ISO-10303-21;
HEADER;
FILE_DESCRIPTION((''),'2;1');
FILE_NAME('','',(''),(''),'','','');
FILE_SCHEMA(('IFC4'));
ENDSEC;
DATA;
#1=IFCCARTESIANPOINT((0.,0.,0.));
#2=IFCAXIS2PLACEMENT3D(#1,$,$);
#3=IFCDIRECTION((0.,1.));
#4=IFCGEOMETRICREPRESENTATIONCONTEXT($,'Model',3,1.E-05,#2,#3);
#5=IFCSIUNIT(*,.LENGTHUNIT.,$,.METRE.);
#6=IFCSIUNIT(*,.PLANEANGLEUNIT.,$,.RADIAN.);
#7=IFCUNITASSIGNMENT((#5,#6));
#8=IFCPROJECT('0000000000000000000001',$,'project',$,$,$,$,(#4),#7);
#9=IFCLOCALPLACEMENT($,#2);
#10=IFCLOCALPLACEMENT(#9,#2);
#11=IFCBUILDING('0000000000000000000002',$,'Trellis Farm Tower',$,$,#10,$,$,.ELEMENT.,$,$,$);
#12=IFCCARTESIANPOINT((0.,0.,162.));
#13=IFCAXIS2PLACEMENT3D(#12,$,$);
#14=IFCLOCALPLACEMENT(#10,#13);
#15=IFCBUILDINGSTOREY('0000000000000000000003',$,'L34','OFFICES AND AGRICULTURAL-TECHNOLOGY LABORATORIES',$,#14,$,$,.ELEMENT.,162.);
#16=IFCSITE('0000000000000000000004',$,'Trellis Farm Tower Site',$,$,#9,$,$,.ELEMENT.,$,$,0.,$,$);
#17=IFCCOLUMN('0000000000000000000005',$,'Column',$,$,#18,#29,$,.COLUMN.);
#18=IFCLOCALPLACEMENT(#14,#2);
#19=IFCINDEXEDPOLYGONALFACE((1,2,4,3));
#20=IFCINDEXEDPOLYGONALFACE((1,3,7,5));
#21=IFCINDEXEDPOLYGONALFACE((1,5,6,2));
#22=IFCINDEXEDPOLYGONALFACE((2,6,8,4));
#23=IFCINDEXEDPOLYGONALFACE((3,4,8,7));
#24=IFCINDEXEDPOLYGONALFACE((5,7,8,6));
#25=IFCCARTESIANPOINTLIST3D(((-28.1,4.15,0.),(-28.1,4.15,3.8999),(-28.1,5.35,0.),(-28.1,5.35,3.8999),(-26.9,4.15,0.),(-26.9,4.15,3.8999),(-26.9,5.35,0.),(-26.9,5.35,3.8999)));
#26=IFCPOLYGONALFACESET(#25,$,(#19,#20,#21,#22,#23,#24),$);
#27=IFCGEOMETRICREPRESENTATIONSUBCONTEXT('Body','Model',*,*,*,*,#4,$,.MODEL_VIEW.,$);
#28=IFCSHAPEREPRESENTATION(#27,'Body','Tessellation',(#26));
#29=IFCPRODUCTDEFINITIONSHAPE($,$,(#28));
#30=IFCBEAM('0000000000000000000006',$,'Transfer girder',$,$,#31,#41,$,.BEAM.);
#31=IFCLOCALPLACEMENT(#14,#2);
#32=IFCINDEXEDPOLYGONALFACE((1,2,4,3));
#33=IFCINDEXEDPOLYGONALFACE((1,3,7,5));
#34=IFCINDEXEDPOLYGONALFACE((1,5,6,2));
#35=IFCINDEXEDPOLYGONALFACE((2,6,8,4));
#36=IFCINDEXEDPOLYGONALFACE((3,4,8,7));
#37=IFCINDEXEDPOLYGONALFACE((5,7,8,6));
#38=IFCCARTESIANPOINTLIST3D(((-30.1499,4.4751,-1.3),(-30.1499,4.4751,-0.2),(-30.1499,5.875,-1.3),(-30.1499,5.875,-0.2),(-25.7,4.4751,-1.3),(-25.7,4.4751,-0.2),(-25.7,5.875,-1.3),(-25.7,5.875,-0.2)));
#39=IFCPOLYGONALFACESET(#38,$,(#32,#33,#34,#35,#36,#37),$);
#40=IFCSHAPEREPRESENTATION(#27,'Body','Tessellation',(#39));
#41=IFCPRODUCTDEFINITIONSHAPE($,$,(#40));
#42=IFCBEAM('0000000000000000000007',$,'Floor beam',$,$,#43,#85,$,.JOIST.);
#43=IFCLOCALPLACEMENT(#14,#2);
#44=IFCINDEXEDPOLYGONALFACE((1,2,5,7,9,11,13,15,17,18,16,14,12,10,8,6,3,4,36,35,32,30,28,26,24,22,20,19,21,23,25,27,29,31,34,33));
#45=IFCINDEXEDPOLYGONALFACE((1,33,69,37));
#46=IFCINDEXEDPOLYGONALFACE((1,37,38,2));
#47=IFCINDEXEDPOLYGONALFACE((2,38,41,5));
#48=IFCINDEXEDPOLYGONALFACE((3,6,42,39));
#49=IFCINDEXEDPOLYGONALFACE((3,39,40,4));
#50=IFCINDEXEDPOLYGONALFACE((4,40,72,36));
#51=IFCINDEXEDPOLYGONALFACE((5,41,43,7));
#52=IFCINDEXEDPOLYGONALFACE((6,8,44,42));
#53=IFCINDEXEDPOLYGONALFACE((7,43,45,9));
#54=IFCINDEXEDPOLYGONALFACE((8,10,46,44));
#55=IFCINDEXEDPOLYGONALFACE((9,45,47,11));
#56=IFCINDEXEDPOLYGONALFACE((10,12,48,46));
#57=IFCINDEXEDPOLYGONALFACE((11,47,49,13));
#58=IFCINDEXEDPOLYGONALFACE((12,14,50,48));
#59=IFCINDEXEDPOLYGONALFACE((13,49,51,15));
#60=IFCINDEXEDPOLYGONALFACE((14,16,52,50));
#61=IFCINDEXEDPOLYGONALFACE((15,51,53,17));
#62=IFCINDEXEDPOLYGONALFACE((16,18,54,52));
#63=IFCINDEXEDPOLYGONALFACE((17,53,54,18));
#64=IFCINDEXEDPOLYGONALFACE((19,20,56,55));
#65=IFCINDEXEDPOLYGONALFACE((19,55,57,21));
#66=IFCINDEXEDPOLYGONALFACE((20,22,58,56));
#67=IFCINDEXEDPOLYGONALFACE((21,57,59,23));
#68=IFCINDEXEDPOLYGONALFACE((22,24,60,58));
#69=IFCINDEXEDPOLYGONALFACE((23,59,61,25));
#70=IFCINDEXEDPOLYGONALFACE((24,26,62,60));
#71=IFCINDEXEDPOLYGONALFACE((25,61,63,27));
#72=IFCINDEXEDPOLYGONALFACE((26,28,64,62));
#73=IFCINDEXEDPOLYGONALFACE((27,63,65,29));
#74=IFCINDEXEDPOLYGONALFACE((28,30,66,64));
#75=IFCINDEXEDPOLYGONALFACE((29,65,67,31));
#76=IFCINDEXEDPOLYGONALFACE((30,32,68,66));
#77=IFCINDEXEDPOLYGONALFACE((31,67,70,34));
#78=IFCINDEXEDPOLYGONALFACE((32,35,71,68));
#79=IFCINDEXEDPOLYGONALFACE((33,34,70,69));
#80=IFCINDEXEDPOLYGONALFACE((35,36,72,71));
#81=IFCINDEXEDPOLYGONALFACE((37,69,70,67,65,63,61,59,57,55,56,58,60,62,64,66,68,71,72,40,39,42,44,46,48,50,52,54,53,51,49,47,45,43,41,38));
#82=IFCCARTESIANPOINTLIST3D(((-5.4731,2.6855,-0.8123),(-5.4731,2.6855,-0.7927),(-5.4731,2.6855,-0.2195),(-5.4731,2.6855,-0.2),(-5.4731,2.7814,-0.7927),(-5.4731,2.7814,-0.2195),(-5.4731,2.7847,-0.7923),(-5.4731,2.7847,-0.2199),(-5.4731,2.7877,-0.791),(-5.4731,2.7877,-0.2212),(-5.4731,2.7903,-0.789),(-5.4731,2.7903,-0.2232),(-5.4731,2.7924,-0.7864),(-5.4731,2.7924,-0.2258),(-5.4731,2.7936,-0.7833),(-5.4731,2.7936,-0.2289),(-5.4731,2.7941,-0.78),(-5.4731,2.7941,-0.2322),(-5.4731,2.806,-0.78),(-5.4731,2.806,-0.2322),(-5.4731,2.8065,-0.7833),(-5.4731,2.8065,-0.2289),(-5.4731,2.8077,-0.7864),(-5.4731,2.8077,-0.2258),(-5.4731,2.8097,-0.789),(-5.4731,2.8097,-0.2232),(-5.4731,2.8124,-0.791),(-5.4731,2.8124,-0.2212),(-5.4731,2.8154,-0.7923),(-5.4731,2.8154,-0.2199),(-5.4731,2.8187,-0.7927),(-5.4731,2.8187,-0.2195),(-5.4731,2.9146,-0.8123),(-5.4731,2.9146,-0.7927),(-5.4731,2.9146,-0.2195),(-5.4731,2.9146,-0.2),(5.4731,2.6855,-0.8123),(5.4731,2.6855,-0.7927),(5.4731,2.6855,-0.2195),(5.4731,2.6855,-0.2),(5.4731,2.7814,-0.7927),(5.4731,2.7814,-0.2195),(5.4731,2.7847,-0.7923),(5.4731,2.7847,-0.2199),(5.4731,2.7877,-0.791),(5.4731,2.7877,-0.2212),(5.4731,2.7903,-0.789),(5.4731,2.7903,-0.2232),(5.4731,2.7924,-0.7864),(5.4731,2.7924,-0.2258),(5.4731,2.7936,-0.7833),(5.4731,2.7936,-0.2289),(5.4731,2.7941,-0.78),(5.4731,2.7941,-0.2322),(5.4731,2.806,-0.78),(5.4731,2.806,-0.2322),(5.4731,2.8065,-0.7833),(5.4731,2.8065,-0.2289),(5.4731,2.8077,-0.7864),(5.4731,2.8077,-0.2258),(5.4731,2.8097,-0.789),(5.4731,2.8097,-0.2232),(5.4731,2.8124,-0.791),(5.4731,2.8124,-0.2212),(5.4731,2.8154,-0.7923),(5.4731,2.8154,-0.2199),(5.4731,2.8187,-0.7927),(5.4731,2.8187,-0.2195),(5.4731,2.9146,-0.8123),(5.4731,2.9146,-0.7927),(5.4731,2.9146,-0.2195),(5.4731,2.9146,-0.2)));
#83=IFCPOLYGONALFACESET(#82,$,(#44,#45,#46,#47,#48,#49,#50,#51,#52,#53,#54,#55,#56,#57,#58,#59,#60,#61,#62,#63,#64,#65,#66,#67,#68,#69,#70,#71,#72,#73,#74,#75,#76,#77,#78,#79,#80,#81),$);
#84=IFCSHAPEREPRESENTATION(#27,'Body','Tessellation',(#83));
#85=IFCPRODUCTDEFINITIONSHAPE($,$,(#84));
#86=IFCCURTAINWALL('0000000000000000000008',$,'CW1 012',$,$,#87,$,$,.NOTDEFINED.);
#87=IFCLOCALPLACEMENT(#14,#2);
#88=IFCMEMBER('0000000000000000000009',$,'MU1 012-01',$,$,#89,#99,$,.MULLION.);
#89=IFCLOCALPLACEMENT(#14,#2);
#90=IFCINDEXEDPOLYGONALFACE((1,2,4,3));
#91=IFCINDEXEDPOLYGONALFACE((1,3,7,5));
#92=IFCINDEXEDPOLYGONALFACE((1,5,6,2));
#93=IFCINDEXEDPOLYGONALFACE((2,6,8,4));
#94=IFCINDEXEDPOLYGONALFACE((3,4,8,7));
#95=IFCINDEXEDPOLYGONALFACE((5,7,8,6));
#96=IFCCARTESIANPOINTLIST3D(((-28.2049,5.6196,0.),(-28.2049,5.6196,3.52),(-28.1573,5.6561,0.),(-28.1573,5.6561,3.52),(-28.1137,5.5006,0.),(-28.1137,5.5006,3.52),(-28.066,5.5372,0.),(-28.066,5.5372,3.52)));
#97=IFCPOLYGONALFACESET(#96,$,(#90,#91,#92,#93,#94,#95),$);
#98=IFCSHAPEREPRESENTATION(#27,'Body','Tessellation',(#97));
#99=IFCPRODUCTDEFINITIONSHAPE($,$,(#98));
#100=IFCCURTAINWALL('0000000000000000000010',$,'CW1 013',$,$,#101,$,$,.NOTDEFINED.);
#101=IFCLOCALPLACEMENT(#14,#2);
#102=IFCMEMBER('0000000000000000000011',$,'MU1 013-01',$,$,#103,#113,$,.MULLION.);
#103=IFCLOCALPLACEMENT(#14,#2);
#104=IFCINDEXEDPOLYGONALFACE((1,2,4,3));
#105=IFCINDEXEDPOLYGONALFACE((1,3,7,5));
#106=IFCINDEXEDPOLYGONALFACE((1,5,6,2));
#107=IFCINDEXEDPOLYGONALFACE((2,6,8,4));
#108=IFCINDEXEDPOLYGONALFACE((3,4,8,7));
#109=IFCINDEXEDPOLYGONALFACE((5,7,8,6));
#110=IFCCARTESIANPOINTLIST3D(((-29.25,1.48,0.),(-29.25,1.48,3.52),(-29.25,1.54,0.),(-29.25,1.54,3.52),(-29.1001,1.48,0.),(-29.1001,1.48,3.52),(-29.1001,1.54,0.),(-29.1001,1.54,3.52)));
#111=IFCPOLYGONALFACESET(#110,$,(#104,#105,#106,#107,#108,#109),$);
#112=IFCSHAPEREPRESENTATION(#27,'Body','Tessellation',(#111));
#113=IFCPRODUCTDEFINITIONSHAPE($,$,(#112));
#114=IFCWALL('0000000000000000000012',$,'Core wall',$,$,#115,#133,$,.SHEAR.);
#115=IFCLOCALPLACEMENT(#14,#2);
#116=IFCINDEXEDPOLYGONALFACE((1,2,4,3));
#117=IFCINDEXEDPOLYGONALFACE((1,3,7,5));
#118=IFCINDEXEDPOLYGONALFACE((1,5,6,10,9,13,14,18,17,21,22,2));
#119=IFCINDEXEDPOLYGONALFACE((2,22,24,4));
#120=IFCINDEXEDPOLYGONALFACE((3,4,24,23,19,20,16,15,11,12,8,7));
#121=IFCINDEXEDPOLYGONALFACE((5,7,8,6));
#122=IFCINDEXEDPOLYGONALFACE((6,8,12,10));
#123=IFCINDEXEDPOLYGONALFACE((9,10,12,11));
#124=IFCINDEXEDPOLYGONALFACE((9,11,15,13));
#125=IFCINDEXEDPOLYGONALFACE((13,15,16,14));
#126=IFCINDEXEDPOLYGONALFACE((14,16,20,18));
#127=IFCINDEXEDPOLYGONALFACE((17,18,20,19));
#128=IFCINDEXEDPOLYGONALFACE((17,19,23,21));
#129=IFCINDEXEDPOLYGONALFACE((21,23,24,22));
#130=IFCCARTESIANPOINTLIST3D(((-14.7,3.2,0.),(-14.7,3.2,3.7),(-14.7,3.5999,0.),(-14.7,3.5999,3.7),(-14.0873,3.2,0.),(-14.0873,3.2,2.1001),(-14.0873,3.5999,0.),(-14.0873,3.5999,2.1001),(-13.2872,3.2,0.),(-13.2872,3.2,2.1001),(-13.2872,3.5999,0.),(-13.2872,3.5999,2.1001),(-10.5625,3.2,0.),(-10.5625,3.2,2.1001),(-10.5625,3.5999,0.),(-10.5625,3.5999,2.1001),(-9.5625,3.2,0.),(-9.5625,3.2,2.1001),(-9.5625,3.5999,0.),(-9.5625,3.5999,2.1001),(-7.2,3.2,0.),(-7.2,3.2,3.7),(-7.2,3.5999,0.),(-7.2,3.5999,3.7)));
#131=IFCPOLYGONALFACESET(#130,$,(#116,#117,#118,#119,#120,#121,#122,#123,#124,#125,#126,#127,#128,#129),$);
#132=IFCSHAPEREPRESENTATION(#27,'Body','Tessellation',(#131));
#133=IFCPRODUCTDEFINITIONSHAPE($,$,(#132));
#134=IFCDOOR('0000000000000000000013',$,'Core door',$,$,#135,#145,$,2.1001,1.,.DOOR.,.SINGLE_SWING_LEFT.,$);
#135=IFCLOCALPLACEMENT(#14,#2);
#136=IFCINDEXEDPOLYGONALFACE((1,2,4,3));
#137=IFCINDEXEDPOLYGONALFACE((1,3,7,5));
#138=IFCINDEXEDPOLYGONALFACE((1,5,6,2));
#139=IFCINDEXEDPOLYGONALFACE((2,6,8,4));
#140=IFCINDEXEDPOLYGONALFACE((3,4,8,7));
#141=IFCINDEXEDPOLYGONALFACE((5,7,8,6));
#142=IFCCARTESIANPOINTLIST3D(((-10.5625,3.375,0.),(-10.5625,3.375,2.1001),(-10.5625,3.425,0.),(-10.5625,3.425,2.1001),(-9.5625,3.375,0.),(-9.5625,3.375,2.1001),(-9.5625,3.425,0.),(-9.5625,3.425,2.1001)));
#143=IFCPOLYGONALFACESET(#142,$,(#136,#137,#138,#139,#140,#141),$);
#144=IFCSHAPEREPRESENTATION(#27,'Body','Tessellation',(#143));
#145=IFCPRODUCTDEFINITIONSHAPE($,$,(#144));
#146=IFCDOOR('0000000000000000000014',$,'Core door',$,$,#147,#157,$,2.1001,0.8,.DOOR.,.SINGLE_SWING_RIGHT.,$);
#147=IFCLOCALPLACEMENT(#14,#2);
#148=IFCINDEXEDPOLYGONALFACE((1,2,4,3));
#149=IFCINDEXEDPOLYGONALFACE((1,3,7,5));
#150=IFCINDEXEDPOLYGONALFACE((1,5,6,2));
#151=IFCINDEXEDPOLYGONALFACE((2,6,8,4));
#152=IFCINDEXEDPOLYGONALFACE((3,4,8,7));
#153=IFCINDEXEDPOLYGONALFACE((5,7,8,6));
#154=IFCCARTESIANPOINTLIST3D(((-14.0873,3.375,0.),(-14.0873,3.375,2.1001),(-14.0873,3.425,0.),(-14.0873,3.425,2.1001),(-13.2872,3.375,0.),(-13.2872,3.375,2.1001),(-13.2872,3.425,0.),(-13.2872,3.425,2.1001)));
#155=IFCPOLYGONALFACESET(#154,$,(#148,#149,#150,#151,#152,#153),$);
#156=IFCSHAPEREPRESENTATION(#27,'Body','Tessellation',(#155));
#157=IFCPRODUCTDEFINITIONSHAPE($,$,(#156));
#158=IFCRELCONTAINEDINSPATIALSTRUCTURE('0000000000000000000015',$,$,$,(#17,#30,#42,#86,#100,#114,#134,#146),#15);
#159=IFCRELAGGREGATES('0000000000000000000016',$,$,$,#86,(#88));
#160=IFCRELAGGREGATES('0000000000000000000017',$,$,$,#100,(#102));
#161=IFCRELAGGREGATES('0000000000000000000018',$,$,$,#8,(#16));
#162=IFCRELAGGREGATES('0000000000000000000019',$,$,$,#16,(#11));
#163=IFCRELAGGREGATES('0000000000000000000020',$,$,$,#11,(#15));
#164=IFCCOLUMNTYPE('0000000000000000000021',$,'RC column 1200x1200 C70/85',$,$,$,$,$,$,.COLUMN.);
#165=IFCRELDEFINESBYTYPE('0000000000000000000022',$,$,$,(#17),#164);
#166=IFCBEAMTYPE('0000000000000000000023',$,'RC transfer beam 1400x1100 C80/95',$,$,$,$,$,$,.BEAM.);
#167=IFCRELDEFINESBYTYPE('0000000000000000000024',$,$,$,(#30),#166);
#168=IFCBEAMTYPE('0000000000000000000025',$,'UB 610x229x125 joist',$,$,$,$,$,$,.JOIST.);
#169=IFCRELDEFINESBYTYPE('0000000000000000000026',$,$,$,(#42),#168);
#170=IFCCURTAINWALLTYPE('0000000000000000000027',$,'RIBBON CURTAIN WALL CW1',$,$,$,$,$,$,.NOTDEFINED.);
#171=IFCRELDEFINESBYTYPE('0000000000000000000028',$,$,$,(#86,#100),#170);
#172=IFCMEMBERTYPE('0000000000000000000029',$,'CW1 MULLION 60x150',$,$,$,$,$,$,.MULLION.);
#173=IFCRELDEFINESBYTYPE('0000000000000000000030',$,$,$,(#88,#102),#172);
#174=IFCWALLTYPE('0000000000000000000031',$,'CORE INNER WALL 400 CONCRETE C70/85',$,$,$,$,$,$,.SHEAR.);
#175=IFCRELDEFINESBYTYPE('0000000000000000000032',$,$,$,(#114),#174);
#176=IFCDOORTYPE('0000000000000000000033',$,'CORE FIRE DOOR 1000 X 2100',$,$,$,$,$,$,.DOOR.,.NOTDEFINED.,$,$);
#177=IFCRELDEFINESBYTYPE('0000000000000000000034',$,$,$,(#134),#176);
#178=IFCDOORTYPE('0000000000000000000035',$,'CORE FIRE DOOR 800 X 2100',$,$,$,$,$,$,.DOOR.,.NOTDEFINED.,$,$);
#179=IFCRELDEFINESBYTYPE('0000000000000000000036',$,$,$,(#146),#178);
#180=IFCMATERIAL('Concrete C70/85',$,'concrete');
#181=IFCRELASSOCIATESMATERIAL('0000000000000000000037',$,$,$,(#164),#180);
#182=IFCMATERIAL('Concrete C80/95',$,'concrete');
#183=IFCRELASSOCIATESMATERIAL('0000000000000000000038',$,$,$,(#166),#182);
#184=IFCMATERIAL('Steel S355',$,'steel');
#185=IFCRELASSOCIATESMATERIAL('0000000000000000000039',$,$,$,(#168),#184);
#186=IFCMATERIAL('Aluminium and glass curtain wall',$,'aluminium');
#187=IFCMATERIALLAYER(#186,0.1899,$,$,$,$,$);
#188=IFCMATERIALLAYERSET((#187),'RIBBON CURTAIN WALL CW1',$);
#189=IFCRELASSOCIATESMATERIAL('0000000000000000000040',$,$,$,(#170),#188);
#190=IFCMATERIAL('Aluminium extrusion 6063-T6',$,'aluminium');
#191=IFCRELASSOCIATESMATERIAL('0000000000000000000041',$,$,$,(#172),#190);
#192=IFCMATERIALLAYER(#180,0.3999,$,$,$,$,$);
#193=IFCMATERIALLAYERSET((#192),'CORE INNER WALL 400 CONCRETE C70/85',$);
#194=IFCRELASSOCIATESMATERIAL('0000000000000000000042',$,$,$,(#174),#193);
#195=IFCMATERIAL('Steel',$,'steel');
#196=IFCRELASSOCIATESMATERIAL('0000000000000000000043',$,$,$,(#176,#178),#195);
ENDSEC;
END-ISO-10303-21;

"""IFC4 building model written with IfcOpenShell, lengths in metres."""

from ifc_helpers import new_model, si_unit, direction, frame, frame_2d, origin, origin_2d, place, context, subcontext, project, spatial, rectangle, i_section, extrude, source, transform, mapped, material, layer, layer_set, material_profile, profile_set, type_object, element, fill, aggregate, save


model = new_model("IFC4")

# Units and contexts
model_context = context("Model", 3, precision=1e-05, world=origin(), true_north=direction((0.0, 1.0)))
body_context = subcontext(model_context, "Body", "Model", "MODEL_VIEW")
ifc_project = project(units=[si_unit("LENGTHUNIT", "METRE"), si_unit("PLANEANGLEUNIT", "RADIAN")], contexts=[model_context])

# Site, building, storey
site_placement = place(None, origin())
site = spatial("IfcSite", under=ifc_project, at=site_placement, Name="Trellis Farm Tower Site", CompositionType="ELEMENT", RefElevation=0.0)
building_placement = place(site_placement, origin())
building = spatial("IfcBuilding", under=site, at=building_placement, Name="Trellis Farm Tower", CompositionType="ELEMENT")
storey_placement = place(building_placement, frame((0.0, 0.0, 162.0)))
storey = spatial("IfcBuildingStorey", under=building, at=storey_placement, Name="L34", Description="OFFICES AND AGRICULTURAL-TECHNOLOGY LABORATORIES", CompositionType="ELEMENT", Elevation=162.0)

# Column
ifc_material_1 = material(Name="Concrete C70/85", Category="concrete")
ifc_material_profile_1 = material_profile(ifc_material_1, rectangle(XDim=1.2, YDim=1.2, at=origin_2d()), Name="RC column 1200x1200 C70/85")
ifc_profile_set_1 = profile_set([ifc_material_profile_1], Name="Concrete C70/85")
column_type = type_object("IfcColumnType", Name="RC column 1200x1200 C70/85", PredefinedType="COLUMN", material=ifc_profile_set_1)
shared_shape_1 = source(origin(), body_context, "Body", "SweptSolid", [
    extrude(rectangle(XDim=1.2, YDim=1.2, at=origin_2d()), origin(), (0.0, 0.0, 1.0), 3.8999),
])
column_placement = place(storey_placement, frame((-27.5, 4.75, 0.0), z_axis=(0.0, 0.0, 1.0), x_axis=(1.0, 0.0, 0.0)))
element("IfcColumn", 1, at=column_placement, inside=storey, type_object=column_type, Name="Column", PredefinedType="COLUMN", context=body_context, shape_type="MappedRepresentation", body=[
    mapped(shared_shape_1, transform((0.0, 0.0, 0.0))),
])

# Beams
ifc_material_2 = material(Name="Concrete C80/95", Category="concrete")
ifc_material_profile_2 = material_profile(ifc_material_2, rectangle(XDim=1.3999, YDim=1.1001, at=origin_2d()), Name="RC transfer beam 1400x1100 C80/95")
ifc_profile_set_2 = profile_set([ifc_material_profile_2], Name="Concrete C80/95")
beam_type_1 = type_object("IfcBeamType", Name="RC transfer beam 1400x1100 C80/95", PredefinedType="BEAM", material=ifc_profile_set_2)
shared_shape_2 = source(origin(), body_context, "Body", "SweptSolid", [
    extrude(rectangle(XDim=1.3999, YDim=1.1001, at=origin_2d()), origin(), (0.0, 0.0, 1.0), 4.45),
])
beam_1_placement = place(storey_placement, frame((-30.1499, 5.175, -0.75), z_axis=(1.0, 0.0, 0.0), x_axis=(0.0, 1.0, 0.0)))
element("IfcBeam", 2, at=beam_1_placement, inside=storey, type_object=beam_type_1, Name="Transfer girder", PredefinedType="BEAM", context=body_context, shape_type="MappedRepresentation", body=[
    mapped(shared_shape_2, transform((0.0, 0.0, 0.0))),
])
ifc_material_3 = material(Name="Steel S355", Category="steel")
ifc_material_profile_3 = material_profile(ifc_material_3, i_section(OverallWidth=0.229, OverallDepth=0.6123, WebThickness=0.012, FlangeThickness=0.0195, FilletRadius=0.0127, at=origin_2d()), Name="UB 610x229x125")
ifc_profile_set_3 = profile_set([ifc_material_profile_3], Name="Steel S355")
beam_type_2 = type_object("IfcBeamType", Name="UB 610x229x125 joist", PredefinedType="JOIST", material=ifc_profile_set_3)
shared_shape_3 = source(origin(), body_context, "Body", "SweptSolid", [
    extrude(i_section(OverallWidth=0.229, OverallDepth=0.6123, WebThickness=0.012, FlangeThickness=0.0195, FilletRadius=0.0127, at=origin_2d()), origin(), (0.0, 0.0, 1.0), 10.9463),
])
beam_2_placement = place(storey_placement, frame((-5.4731, 2.8, -0.5061), z_axis=(1.0, 0.0, 0.0), x_axis=(0.0, 1.0, 0.0)))
element("IfcBeam", 3, at=beam_2_placement, inside=storey, type_object=beam_type_2, Name="Floor beam", PredefinedType="JOIST", context=body_context, shape_type="MappedRepresentation", body=[
    mapped(shared_shape_3, transform((0.0, 0.0, 0.0))),
])

# Curtain walls, members
ifc_material_4 = material(Name="Aluminium and glass curtain wall", Category="aluminium")
ifc_layer_1 = layer(ifc_material_4, 0.1899)
ifc_layer_set_1 = layer_set([ifc_layer_1], Name="RIBBON CURTAIN WALL CW1")
curtain_wall_type = type_object("IfcCurtainWallType", Name="RIBBON CURTAIN WALL CW1", PredefinedType="NOTDEFINED", material=ifc_layer_set_1)
placement = place(storey_placement, origin())
curtain_wall_1 = element("IfcCurtainWall", 4, at=placement, inside=storey, type_object=curtain_wall_type, Name="CW1 012", PredefinedType="NOTDEFINED")
ifc_material_5 = material(Name="Aluminium extrusion 6063-T6", Category="aluminium")
ifc_material_profile_4 = material_profile(ifc_material_5, rectangle(XDim=0.0601, YDim=0.1499, at=origin_2d()), Name="MULLION 60x150")
ifc_profile_set_4 = profile_set([ifc_material_profile_4], Name="Aluminium extrusion 6063-T6")
member_type = type_object("IfcMemberType", Name="CW1 MULLION 60x150", PredefinedType="MULLION", material=ifc_profile_set_4)
shared_shape_4 = source(origin(), body_context, "Body", "SweptSolid", [
    extrude(rectangle(XDim=0.0601, YDim=0.1499, at=origin_2d()), origin(), (0.0, 0.0, 1.0), 3.52),
])
member_1_placement = place(storey_placement, frame((-28.1355, 5.5784, 0.0), z_axis=(0.0, 0.0, 1.0), x_axis=(-0.793353, -0.608761, 0.0)))
member_1 = element("IfcMember", 5, at=member_1_placement, type_object=member_type, Name="MU1 012-01", PredefinedType="MULLION", context=body_context, shape_type="MappedRepresentation", body=[
    mapped(shared_shape_4, transform((0.0, 0.0, 0.0))),
])
aggregate(curtain_wall_1, [member_1])
curtain_wall_2 = element("IfcCurtainWall", 6, at=placement, inside=storey, type_object=curtain_wall_type, Name="CW1 013", PredefinedType="NOTDEFINED")
member_2_placement = place(storey_placement, frame((-29.175, 1.51, 0.0), z_axis=(0.0, 0.0, 1.0), x_axis=(0.0, -1.0, 0.0)))
member_2 = element("IfcMember", 7, at=member_2_placement, type_object=member_type, Name="MU1 013-01", PredefinedType="MULLION", context=body_context, shape_type="MappedRepresentation", body=[
    mapped(shared_shape_4, transform((0.0, 0.0, 0.0))),
])
aggregate(curtain_wall_2, [member_2])

# Wall, openings, doors
ifc_layer_2 = layer(ifc_material_1, 0.3999)
ifc_layer_set_2 = layer_set([ifc_layer_2], Name="CORE INNER WALL 400 CONCRETE C70/85")
wall_type_1 = type_object("IfcWallType", Name="CORE INNER WALL 400 CONCRETE C70/85", PredefinedType="SHEAR", material=ifc_layer_set_2)
shared_shape_5 = source(origin(), body_context, "Body", "SweptSolid", [
    extrude(rectangle(XDim=7.5, YDim=0.3999, at=frame_2d((3.75, 0.0))), origin(), (0.0, 0.0, 1.0), 3.7),
])
wall_1_placement = place(storey_placement, frame((-7.2, 3.3999, 0.0), z_axis=(0.0, 0.0, 1.0), x_axis=(-1.0, 0.0, 0.0)))
wall_1 = element("IfcWall", 8, at=wall_1_placement, inside=storey, type_object=wall_type_1, Name="Core wall", PredefinedType="SHEAR", context=body_context, shape_type="MappedRepresentation", body=[
    mapped(shared_shape_5, transform((0.0, 0.0, 0.0))),
])
shared_shape_6 = source(origin(), body_context, "Body", "SweptSolid", [
    extrude(rectangle(XDim=1.0, YDim=2.1001, at=frame_2d((0.5, 1.05))), frame((0.0, 0.21, 0.0), z_axis=(0.0, -1.0, 0.0), x_axis=(1.0, 0.0, 0.0)), (0.0, 0.0, 1.0), 0.4199),
])
opening_1_placement = place(wall_1_placement, frame((2.3625, 0.0, 0.0)))
opening_1 = element("IfcOpeningElement", 9, at=opening_1_placement, cuts=wall_1, PredefinedType="OPENING", context=body_context, shape_type="MappedRepresentation", body=[
    mapped(shared_shape_6, transform((0.0, 0.0, 0.0))),
])
shared_shape_7 = source(origin(), body_context, "Body", "SweptSolid", [
    extrude(rectangle(XDim=0.8, YDim=2.1001, at=frame_2d((0.3999, 1.05))), frame((0.0, 0.21, 0.0), z_axis=(0.0, -1.0, 0.0), x_axis=(1.0, 0.0, 0.0)), (0.0, 0.0, 1.0), 0.4199),
])
opening_2_placement = place(wall_1_placement, frame((6.0874, 0.0, 0.0)))
opening_2 = element("IfcOpeningElement", 10, at=opening_2_placement, cuts=wall_1, PredefinedType="OPENING", context=body_context, shape_type="MappedRepresentation", body=[
    mapped(shared_shape_7, transform((0.0, 0.0, 0.0))),
])
ifc_material_6 = material(Name="Steel", Category="steel")
door_type_1 = type_object("IfcDoorType", Name="CORE FIRE DOOR 1000 X 2100", OperationType="NOTDEFINED", PredefinedType="DOOR", material=ifc_material_6)
shared_shape_8 = source(origin(), body_context, "Body", "SweptSolid", [
    extrude(rectangle(XDim=1.0, YDim=2.1001, at=frame_2d((0.5, 1.05))), frame((0.0, 0.0249, 0.0), z_axis=(0.0, -1.0, 0.0), x_axis=(1.0, 0.0, 0.0)), (0.0, 0.0, 1.0), 0.05),
])
door_1_placement = place(opening_1_placement, origin())
door_1 = element("IfcDoor", 11, at=door_1_placement, inside=storey, type_object=door_type_1, Name="Core door", OperationType="SINGLE_SWING_LEFT", OverallHeight=2.1001, OverallWidth=1.0, PredefinedType="DOOR", context=body_context, shape_type="MappedRepresentation", body=[
    mapped(shared_shape_8, transform((0.0, 0.0, 0.0))),
])
fill(opening_1, door_1)
door_type_2 = type_object("IfcDoorType", Name="CORE FIRE DOOR 800 X 2100", OperationType="NOTDEFINED", PredefinedType="DOOR", material=ifc_material_6)
shared_shape_9 = source(origin(), body_context, "Body", "SweptSolid", [
    extrude(rectangle(XDim=0.8, YDim=2.1001, at=frame_2d((0.3999, 1.05))), frame((0.0, 0.0249, 0.0), z_axis=(0.0, -1.0, 0.0), x_axis=(1.0, 0.0, 0.0)), (0.0, 0.0, 1.0), 0.05),
])
door_2_placement = place(opening_2_placement, origin())
door_2 = element("IfcDoor", 12, at=door_2_placement, inside=storey, type_object=door_type_2, Name="Core door", OperationType="SINGLE_SWING_RIGHT", OverallHeight=2.1001, OverallWidth=0.8, PredefinedType="DOOR", context=body_context, shape_type="MappedRepresentation", body=[
    mapped(shared_shape_9, transform((0.0, 0.0, 0.0))),
])
fill(opening_2, door_2)

save(model, "model.ifc")
